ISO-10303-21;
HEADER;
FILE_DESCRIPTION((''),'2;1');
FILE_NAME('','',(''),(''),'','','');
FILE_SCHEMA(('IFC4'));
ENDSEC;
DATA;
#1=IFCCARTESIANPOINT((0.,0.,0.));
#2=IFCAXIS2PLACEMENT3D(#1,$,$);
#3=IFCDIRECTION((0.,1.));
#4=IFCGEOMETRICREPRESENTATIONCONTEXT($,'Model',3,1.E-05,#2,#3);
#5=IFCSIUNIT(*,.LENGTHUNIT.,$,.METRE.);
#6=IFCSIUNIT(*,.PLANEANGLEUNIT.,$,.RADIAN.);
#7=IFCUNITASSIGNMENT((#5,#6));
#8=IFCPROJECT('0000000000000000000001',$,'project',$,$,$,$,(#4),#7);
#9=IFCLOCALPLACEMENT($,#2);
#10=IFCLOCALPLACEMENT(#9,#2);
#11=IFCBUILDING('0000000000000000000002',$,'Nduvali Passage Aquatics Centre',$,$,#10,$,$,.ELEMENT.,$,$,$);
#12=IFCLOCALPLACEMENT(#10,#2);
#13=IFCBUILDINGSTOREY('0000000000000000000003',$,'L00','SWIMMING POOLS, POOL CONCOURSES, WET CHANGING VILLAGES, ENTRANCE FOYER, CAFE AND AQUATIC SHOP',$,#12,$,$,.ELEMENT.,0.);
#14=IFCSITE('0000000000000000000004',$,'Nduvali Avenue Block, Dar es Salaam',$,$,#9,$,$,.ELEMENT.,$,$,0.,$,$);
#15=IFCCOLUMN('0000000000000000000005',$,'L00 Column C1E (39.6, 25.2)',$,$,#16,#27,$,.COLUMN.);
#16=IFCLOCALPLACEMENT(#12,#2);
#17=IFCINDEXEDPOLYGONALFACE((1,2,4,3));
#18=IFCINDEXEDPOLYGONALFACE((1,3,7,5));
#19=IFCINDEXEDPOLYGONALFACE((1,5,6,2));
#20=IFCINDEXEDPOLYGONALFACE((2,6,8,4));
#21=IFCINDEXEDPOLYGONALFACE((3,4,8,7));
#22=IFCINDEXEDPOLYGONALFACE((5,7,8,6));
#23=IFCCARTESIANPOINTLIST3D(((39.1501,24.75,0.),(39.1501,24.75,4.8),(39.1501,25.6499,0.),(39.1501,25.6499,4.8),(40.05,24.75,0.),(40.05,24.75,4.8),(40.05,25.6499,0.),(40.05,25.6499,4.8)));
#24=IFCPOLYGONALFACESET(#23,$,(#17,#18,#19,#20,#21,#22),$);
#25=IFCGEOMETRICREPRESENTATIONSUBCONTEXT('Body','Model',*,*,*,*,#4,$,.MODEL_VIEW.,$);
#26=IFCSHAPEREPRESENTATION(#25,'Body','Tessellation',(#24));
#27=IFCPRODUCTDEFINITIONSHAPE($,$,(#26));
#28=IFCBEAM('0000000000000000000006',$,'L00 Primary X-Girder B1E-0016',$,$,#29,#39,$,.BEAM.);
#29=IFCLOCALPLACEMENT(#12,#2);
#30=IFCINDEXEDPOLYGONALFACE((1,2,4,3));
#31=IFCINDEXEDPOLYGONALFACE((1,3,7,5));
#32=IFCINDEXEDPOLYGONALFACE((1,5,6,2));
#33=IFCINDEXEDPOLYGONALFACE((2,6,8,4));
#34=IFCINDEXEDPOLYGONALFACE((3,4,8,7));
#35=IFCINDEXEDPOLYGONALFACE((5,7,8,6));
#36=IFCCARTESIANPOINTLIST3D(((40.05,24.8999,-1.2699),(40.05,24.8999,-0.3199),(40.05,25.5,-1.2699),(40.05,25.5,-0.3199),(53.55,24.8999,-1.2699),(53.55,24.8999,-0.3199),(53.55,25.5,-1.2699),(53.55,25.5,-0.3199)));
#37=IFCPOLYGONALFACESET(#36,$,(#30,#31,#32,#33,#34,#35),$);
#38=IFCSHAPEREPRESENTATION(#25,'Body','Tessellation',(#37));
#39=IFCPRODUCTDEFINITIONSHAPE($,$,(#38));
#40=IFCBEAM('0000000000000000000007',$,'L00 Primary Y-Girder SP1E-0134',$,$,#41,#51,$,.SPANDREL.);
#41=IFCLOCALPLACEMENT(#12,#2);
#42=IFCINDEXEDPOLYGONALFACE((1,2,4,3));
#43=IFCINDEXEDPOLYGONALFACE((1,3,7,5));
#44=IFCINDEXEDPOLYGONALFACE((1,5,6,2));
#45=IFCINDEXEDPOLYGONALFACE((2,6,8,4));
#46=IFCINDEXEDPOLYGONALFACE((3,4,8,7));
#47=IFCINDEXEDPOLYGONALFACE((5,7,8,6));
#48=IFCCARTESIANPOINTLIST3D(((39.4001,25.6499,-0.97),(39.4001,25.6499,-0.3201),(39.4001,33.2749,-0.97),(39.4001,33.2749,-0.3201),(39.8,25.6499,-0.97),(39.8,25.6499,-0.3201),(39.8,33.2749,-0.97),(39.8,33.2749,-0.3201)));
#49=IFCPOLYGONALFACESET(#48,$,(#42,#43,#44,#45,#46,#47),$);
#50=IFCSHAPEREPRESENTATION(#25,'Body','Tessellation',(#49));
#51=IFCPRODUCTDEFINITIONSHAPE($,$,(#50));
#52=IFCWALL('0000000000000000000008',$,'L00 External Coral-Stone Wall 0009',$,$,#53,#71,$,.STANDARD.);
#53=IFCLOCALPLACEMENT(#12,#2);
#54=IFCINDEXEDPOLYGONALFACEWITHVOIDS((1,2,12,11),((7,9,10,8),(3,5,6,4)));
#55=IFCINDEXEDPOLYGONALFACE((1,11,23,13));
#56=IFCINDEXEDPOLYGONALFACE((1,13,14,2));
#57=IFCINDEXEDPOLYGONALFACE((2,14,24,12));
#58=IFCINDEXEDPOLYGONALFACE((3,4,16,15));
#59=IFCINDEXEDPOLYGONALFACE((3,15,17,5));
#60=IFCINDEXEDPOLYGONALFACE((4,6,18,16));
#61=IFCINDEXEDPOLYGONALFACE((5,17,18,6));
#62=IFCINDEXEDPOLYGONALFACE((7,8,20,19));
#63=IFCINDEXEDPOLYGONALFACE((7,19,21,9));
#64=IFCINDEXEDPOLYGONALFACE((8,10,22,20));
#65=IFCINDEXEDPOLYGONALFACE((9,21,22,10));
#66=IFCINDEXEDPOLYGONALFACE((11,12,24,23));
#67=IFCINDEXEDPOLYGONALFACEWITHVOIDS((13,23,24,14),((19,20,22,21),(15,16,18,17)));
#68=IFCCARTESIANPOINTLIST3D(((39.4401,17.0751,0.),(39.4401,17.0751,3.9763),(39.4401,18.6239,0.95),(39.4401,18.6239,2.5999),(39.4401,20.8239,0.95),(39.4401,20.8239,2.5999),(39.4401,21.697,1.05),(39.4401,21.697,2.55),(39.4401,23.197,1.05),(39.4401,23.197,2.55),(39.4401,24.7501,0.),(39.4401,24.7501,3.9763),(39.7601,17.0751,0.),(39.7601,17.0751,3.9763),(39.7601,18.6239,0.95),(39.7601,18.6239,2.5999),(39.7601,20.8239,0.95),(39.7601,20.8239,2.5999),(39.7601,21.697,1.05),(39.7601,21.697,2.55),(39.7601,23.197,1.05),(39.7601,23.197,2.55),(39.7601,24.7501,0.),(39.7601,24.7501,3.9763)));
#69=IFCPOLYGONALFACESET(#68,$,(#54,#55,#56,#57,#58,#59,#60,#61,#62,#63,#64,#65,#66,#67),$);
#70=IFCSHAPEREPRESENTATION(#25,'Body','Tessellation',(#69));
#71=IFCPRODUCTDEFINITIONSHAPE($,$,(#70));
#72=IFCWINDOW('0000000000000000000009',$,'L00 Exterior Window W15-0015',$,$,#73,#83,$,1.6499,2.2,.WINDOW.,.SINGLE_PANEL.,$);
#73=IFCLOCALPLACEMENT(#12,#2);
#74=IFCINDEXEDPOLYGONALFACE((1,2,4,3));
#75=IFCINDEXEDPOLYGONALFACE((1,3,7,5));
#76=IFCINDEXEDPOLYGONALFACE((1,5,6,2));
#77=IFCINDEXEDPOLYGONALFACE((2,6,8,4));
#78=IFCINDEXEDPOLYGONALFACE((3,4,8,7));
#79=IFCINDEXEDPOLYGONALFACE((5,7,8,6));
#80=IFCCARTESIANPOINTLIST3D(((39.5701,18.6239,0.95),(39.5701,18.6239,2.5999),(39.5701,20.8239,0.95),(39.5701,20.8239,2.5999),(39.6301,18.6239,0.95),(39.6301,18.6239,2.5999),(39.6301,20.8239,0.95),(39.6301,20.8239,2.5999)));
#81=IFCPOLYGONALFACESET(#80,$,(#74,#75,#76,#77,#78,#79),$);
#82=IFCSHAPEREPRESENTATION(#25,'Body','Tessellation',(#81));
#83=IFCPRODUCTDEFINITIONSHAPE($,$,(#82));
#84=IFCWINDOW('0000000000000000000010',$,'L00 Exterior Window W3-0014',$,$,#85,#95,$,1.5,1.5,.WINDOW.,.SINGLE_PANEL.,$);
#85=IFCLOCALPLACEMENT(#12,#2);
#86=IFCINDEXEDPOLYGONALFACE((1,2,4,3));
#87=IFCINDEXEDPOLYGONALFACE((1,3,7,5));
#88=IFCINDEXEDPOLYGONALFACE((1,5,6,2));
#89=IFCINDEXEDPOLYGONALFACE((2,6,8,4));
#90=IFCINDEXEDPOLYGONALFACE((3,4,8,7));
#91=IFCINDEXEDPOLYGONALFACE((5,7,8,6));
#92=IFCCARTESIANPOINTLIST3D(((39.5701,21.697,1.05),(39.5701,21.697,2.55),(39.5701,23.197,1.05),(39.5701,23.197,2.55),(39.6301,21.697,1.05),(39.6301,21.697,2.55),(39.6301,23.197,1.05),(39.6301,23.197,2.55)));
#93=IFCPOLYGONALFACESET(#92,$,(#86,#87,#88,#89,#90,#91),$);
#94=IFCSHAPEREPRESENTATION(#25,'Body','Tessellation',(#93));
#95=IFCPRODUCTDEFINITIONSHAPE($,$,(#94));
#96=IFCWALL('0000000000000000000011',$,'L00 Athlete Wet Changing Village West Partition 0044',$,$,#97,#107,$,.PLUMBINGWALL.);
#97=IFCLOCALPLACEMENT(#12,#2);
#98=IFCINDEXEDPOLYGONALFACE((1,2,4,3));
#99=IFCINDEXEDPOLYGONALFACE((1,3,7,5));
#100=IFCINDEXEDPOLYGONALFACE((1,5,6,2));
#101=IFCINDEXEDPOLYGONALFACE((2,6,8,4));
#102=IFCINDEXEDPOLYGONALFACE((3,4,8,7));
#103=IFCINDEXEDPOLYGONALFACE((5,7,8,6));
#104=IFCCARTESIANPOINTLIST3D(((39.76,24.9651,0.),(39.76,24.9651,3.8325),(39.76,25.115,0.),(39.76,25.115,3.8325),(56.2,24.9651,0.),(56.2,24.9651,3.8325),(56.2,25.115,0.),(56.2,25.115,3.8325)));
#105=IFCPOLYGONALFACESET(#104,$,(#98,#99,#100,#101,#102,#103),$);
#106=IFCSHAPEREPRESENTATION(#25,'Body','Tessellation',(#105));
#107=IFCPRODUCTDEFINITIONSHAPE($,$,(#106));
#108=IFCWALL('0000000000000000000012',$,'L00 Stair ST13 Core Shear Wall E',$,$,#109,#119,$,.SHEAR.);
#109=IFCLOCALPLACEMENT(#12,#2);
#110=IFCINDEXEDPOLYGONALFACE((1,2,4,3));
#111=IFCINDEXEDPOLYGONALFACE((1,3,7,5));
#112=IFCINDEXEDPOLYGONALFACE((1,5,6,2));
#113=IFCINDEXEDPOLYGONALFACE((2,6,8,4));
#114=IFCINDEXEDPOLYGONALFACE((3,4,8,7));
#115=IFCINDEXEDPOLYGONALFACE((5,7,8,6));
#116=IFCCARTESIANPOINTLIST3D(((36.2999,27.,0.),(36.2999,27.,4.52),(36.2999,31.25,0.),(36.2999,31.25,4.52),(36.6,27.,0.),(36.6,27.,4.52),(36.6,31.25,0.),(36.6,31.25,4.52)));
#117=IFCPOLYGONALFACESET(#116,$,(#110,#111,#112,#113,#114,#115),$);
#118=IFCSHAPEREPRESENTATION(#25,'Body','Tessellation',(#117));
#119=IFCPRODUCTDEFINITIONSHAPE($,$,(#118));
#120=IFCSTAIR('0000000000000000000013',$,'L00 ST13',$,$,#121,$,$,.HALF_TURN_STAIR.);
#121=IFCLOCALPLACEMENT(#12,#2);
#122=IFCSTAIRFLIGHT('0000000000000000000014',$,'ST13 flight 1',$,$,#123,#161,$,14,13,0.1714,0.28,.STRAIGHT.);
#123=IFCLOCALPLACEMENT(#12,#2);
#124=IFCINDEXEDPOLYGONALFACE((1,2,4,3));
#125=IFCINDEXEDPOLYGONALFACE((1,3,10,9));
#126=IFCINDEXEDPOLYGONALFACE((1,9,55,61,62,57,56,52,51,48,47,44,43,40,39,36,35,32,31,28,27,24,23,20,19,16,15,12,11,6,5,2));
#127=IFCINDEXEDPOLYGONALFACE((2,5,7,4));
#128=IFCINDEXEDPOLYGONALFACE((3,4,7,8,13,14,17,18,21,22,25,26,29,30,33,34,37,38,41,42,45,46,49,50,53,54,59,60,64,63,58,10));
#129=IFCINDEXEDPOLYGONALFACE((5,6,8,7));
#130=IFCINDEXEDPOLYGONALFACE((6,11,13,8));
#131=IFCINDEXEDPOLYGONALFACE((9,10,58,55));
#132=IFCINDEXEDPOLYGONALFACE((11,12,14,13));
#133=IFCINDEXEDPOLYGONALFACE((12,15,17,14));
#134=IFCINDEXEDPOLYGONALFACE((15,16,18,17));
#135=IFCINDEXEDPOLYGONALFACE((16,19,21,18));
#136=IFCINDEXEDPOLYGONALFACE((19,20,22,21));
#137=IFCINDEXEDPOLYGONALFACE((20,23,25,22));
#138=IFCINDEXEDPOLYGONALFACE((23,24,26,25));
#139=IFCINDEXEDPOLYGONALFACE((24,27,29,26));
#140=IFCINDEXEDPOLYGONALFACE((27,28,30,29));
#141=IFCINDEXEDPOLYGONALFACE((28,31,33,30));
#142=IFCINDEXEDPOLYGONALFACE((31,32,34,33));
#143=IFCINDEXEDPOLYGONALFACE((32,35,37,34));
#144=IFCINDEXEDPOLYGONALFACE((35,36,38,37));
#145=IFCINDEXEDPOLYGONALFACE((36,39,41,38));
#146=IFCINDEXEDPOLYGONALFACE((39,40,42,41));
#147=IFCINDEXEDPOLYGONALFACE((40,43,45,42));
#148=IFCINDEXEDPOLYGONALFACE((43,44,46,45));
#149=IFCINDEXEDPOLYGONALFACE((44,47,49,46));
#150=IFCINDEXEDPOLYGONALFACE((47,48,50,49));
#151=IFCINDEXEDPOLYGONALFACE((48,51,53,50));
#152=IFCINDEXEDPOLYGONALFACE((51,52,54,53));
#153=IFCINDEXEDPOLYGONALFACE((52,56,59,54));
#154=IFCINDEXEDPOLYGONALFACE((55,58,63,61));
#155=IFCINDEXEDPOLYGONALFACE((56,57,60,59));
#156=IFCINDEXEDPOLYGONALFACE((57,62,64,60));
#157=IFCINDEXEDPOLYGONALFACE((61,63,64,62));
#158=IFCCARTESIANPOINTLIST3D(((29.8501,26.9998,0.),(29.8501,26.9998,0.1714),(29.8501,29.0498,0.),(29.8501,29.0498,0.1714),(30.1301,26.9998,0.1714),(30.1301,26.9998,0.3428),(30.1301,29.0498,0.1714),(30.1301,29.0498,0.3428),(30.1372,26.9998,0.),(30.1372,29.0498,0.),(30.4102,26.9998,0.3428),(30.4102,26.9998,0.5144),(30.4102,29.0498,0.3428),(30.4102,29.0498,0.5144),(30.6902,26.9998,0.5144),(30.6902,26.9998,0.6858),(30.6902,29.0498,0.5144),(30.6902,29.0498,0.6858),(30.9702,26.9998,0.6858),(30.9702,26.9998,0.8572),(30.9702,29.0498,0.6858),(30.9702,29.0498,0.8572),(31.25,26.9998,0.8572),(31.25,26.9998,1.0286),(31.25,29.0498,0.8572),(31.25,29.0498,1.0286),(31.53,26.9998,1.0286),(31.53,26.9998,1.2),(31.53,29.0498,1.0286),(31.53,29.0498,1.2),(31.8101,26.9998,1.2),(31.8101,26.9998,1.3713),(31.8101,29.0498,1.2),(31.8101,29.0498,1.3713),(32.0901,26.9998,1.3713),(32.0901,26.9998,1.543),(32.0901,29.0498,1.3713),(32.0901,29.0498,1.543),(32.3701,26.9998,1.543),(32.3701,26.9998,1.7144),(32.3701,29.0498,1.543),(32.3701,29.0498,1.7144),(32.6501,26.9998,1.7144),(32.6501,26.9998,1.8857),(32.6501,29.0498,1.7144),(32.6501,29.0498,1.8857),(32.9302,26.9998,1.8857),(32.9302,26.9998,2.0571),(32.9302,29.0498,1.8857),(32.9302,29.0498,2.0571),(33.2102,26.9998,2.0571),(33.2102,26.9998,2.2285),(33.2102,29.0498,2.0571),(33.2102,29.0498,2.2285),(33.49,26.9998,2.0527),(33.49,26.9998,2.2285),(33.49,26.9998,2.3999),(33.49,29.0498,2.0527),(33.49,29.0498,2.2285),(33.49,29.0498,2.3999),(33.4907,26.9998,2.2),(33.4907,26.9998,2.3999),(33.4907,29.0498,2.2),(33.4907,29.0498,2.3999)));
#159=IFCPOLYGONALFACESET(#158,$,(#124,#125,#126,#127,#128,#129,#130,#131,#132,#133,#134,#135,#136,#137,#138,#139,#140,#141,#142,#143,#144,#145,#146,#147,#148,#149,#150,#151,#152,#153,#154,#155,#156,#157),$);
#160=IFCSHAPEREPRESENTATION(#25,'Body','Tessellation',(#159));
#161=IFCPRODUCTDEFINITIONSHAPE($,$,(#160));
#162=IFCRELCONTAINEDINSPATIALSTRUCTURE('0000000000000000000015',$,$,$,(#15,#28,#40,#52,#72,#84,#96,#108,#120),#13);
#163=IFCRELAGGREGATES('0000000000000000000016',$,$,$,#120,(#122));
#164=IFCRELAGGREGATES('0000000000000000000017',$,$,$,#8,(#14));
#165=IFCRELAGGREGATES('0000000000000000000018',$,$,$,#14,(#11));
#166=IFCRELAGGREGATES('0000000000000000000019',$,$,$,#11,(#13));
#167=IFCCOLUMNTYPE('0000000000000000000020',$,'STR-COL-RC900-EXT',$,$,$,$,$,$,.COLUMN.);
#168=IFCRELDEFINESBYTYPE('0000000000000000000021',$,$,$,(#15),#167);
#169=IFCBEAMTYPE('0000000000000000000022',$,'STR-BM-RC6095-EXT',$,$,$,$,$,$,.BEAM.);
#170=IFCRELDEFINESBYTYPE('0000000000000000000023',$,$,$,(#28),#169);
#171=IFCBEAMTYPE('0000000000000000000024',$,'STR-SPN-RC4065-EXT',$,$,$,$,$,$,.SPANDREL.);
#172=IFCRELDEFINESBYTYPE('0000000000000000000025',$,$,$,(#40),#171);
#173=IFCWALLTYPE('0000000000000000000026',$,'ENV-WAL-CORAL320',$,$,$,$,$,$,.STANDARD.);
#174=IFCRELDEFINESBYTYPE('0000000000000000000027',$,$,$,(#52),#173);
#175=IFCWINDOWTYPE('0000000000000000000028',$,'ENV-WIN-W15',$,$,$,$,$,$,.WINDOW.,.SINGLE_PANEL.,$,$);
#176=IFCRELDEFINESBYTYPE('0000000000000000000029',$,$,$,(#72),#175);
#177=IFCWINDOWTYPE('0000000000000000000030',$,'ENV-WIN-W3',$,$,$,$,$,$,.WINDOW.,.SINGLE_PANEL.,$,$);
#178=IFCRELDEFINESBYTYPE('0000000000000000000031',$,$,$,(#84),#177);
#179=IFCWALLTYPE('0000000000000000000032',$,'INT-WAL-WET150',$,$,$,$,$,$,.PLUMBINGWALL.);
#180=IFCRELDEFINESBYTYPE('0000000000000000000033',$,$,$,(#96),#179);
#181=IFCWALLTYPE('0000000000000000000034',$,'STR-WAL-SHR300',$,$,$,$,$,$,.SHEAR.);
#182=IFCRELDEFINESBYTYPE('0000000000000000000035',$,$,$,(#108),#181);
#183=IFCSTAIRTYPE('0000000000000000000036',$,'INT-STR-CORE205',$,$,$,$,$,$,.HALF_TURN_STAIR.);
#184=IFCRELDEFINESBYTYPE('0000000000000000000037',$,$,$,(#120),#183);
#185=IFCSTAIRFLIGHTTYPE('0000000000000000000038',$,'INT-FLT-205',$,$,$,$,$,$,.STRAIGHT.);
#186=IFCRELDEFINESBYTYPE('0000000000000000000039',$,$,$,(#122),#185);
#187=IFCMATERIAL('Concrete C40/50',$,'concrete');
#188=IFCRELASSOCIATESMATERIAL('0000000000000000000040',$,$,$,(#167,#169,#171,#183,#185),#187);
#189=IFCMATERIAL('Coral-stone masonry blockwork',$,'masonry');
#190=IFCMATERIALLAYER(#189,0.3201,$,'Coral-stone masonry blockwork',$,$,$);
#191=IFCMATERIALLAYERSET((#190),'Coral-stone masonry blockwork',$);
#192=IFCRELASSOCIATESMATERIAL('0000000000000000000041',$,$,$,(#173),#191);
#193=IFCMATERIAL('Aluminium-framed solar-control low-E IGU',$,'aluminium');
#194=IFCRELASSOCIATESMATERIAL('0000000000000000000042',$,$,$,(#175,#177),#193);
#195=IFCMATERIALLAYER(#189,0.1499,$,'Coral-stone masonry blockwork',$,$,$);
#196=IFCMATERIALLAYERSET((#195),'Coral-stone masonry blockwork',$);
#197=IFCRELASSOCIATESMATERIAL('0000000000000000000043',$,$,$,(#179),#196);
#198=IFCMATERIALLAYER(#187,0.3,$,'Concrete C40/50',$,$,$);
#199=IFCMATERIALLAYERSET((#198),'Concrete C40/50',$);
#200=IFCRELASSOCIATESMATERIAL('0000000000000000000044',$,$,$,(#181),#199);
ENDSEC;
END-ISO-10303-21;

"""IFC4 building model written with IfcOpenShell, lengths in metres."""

from ifc_helpers import new_model, si_unit, direction, frame, frame_2d, origin, origin_2d, place, context, subcontext, project, spatial, polyline, rectangle, outline, extrude, material, layer, layer_set, material_profile, profile_set, type_object, element, fill, aggregate, save


model = new_model("IFC4")

# Units and contexts
model_context = context("Model", 3, precision=1e-05, world=origin(), true_north=direction((0.0, 1.0)))
body_context = subcontext(model_context, "Body", "Model", "MODEL_VIEW")
ifc_project = project(units=[si_unit("LENGTHUNIT", "METRE"), si_unit("PLANEANGLEUNIT", "RADIAN")], contexts=[model_context])

# Site, building, storey
site_placement = place(None, origin())
site = spatial("IfcSite", under=ifc_project, at=site_placement, Name="Nduvali Avenue Block, Dar es Salaam", CompositionType="ELEMENT", RefElevation=0.0)
building_placement = place(site_placement, origin())
building = spatial("IfcBuilding", under=site, at=building_placement, Name="Nduvali Passage Aquatics Centre", CompositionType="ELEMENT")
storey_placement = place(building_placement, origin())
storey = spatial("IfcBuildingStorey", under=building, at=storey_placement, Name="L00", Description="SWIMMING POOLS, POOL CONCOURSES, WET CHANGING VILLAGES, ENTRANCE FOYER, CAFE AND AQUATIC SHOP", CompositionType="ELEMENT", Elevation=0.0)

# Column
ifc_material_1 = material(Name="Concrete C40/50", Category="concrete")
ifc_material_profile_1 = material_profile(ifc_material_1, rectangle(XDim=0.8999, YDim=0.8999, at=origin_2d()), Name="RC 900x900")
ifc_profile_set_1 = profile_set([ifc_material_profile_1], Name="Concrete C40/50")
column_type = type_object("IfcColumnType", Name="STR-COL-RC900-EXT", PredefinedType="COLUMN", material=ifc_profile_set_1)
column_placement = place(storey_placement, frame((39.6001, 25.2, 0.0), z_axis=(0.0, 0.0, 1.0), x_axis=(1.0, 0.0, 0.0)))
element("IfcColumn", 1, at=column_placement, inside=storey, type_object=column_type, Name="L00 Column C1E (39.6, 25.2)", PredefinedType="COLUMN", context=body_context, shape_type="SweptSolid", body=[
    extrude(rectangle(XDim=0.8999, YDim=0.8999, at=origin_2d()), origin(), (0.0, 0.0, 1.0), 4.8),
])

# Beams
ifc_material_profile_2 = material_profile(ifc_material_1, rectangle(XDim=0.6001, YDim=0.95, at=origin_2d()), Name="RC 600x950")
ifc_profile_set_2 = profile_set([ifc_material_profile_2], Name="Concrete C40/50")
beam_type_1 = type_object("IfcBeamType", Name="STR-BM-RC6095-EXT", PredefinedType="BEAM", material=ifc_profile_set_2)
beam_1_placement = place(storey_placement, frame((40.05, 25.2, -0.7949), z_axis=(1.0, 0.0, 0.0), x_axis=(0.0, 1.0, 0.0)))
element("IfcBeam", 2, at=beam_1_placement, inside=storey, type_object=beam_type_1, Name="L00 Primary X-Girder B1E-0016", PredefinedType="BEAM", context=body_context, shape_type="SweptSolid", body=[
    extrude(rectangle(XDim=0.6001, YDim=0.95, at=origin_2d()), origin(), (0.0, 0.0, 1.0), 13.5),
])
ifc_material_profile_3 = material_profile(ifc_material_1, rectangle(XDim=0.3999, YDim=0.6499, at=origin_2d()), Name="RC 400x650")
ifc_profile_set_3 = profile_set([ifc_material_profile_3], Name="Concrete C40/50")
beam_type_2 = type_object("IfcBeamType", Name="STR-SPN-RC4065-EXT", PredefinedType="SPANDREL", material=ifc_profile_set_3)
beam_2_placement = place(storey_placement, frame((39.6001, 25.6499, -0.645), z_axis=(0.0, 1.0, 0.0), x_axis=(-1.0, 0.0, 0.0)))
element("IfcBeam", 3, at=beam_2_placement, inside=storey, type_object=beam_type_2, Name="L00 Primary Y-Girder SP1E-0134", PredefinedType="SPANDREL", context=body_context, shape_type="SweptSolid", body=[
    extrude(rectangle(XDim=0.3999, YDim=0.6499, at=origin_2d()), origin(), (0.0, 0.0, 1.0), 7.625),
])

# Wall, openings, windows
ifc_material_2 = material(Name="Coral-stone masonry blockwork", Category="masonry")
ifc_layer_1 = layer(ifc_material_2, 0.3201, Name="Coral-stone masonry blockwork")
ifc_layer_set_1 = layer_set([ifc_layer_1], Name="Coral-stone masonry blockwork")
wall_type_1 = type_object("IfcWallType", Name="ENV-WAL-CORAL320", PredefinedType="STANDARD", material=ifc_layer_set_1)
wall_1_placement = place(storey_placement, frame((39.6001, 24.75, 0.0), z_axis=(0.0, 0.0, 1.0), x_axis=(0.0, -1.0, 0.0)))
wall_1 = element("IfcWall", 4, at=wall_1_placement, inside=storey, type_object=wall_type_1, Name="L00 External Coral-Stone Wall 0009", PredefinedType="STANDARD", context=body_context, shape_type="SweptSolid", body=[
    extrude(rectangle(XDim=7.675, YDim=0.3201, at=frame_2d((3.8374, 0.0))), origin(), (0.0, 0.0, 1.0), 3.9763),
])
opening_1_placement = place(wall_1_placement, frame((1.553, 0.0, 1.05)))
opening_1 = element("IfcOpeningElement", 5, at=opening_1_placement, cuts=wall_1, PredefinedType="OPENING", context=body_context, shape_type="SweptSolid", body=[
    extrude(rectangle(XDim=1.5, YDim=1.5, at=frame_2d((0.75, 0.75))), frame((0.0, 0.1748, 0.0), z_axis=(0.0, -1.0, 0.0), x_axis=(1.0, 0.0, 0.0)), (0.0, 0.0, 1.0), 0.3499),
])
opening_2_placement = place(wall_1_placement, frame((3.926, 0.0, 0.95)))
opening_2 = element("IfcOpeningElement", 6, at=opening_2_placement, cuts=wall_1, PredefinedType="OPENING", context=body_context, shape_type="SweptSolid", body=[
    extrude(rectangle(XDim=2.2, YDim=1.6499, at=frame_2d((1.1001, 0.825))), frame((0.0, 0.1748, 0.0), z_axis=(0.0, -1.0, 0.0), x_axis=(1.0, 0.0, 0.0)), (0.0, 0.0, 1.0), 0.3499),
])
ifc_material_3 = material(Name="Aluminium-framed solar-control low-E IGU", Category="aluminium")
window_type_1 = type_object("IfcWindowType", Name="ENV-WIN-W15", PartitioningType="SINGLE_PANEL", PredefinedType="WINDOW", material=ifc_material_3)
window_1_placement = place(opening_2_placement, origin())
window_1 = element("IfcWindow", 7, at=window_1_placement, inside=storey, type_object=window_type_1, Name="L00 Exterior Window W15-0015", OverallHeight=1.6499, OverallWidth=2.2, PartitioningType="SINGLE_PANEL", PredefinedType="WINDOW", context=body_context, shape_type="SweptSolid", body=[
    extrude(rectangle(XDim=2.2, YDim=1.6499, at=frame_2d((1.1001, 0.825))), frame((0.0, 0.03, 0.0), z_axis=(0.0, -1.0, 0.0), x_axis=(1.0, 0.0, 0.0)), (0.0, 0.0, 1.0), 0.0601),
])
fill(opening_2, window_1)
window_type_2 = type_object("IfcWindowType", Name="ENV-WIN-W3", PartitioningType="SINGLE_PANEL", PredefinedType="WINDOW", material=ifc_material_3)
window_2_placement = place(opening_1_placement, origin())
window_2 = element("IfcWindow", 8, at=window_2_placement, inside=storey, type_object=window_type_2, Name="L00 Exterior Window W3-0014", OverallHeight=1.5, OverallWidth=1.5, PartitioningType="SINGLE_PANEL", PredefinedType="WINDOW", context=body_context, shape_type="SweptSolid", body=[
    extrude(rectangle(XDim=1.5, YDim=1.5, at=frame_2d((0.75, 0.75))), frame((0.0, 0.03, 0.0), z_axis=(0.0, -1.0, 0.0), x_axis=(1.0, 0.0, 0.0)), (0.0, 0.0, 1.0), 0.0601),
])
fill(opening_1, window_2)

# Walls
ifc_layer_2 = layer(ifc_material_2, 0.1499, Name="Coral-stone masonry blockwork")
ifc_layer_set_2 = layer_set([ifc_layer_2], Name="Coral-stone masonry blockwork")
wall_type_2 = type_object("IfcWallType", Name="INT-WAL-WET150", PredefinedType="PLUMBINGWALL", material=ifc_layer_set_2)
wall_2_placement = place(storey_placement, frame((39.76, 25.04, 0.0), z_axis=(0.0, 0.0, 1.0), x_axis=(1.0, 0.0, 0.0)))
element("IfcWall", 9, at=wall_2_placement, inside=storey, type_object=wall_type_2, Name="L00 Athlete Wet Changing Village West Partition 0044", PredefinedType="PLUMBINGWALL", context=body_context, shape_type="SweptSolid", body=[
    extrude(rectangle(XDim=16.4399, YDim=0.1499, at=frame_2d((8.22, 0.0))), origin(), (0.0, 0.0, 1.0), 3.8325),
])
ifc_layer_3 = layer(ifc_material_1, 0.3, Name="Concrete C40/50")
ifc_layer_set_3 = layer_set([ifc_layer_3], Name="Concrete C40/50")
wall_type_3 = type_object("IfcWallType", Name="STR-WAL-SHR300", PredefinedType="SHEAR", material=ifc_layer_set_3)
wall_3_placement = place(storey_placement, frame((36.45, 27.0, 0.0), z_axis=(0.0, 0.0, 1.0), x_axis=(0.0, 1.0, 0.0)))
element("IfcWall", 10, at=wall_3_placement, inside=storey, type_object=wall_type_3, Name="L00 Stair ST13 Core Shear Wall E", PredefinedType="SHEAR", context=body_context, shape_type="SweptSolid", body=[
    extrude(rectangle(XDim=4.25, YDim=0.3, at=frame_2d((2.125, 0.0))), origin(), (0.0, 0.0, 1.0), 4.52),
])

# Stair, stair flight
stair_type = type_object("IfcStairType", Name="INT-STR-CORE205", PredefinedType="HALF_TURN_STAIR", material=ifc_material_1)
stair_placement = place(storey_placement, origin())
stair = element("IfcStair", 11, at=stair_placement, inside=storey, type_object=stair_type, Name="L00 ST13", PredefinedType="HALF_TURN_STAIR")
stair_flight_type = type_object("IfcStairFlightType", Name="INT-FLT-205", PredefinedType="STRAIGHT", material=ifc_material_1)
stair_flight_placement = place(storey_placement, frame((29.8501, 28.0249, 0.0), z_axis=(0.0, 0.0, 1.0), x_axis=(1.0, 0.0, 0.0)))
stair_flight = element("IfcStairFlight", 12, at=stair_flight_placement, type_object=stair_flight_type, Name="ST13 flight 1", NumberOfRisers=14, NumberOfTreads=13, PredefinedType="STRAIGHT", RiserHeight=0.1714, TreadLength=0.28, context=body_context, shape_type="SweptSolid", body=[
    extrude(outline(polyline([(0.0, 0.0), (0.0, 0.1714), (0.28, 0.1714), (0.28, 0.3428), (0.5601, 0.3428), (0.5601, 0.5144), (0.8401, 0.5144), (0.8401, 0.6858), (1.1201, 0.6858), (1.1201, 0.8572), (1.3999, 0.8572), (1.3999, 1.0286), (1.6799, 1.0286), (1.6799, 1.2), (1.96, 1.2), (1.96, 1.3713), (2.24, 1.3713), (2.24, 1.543), (2.52, 1.543), (2.52, 1.7144), (2.8, 1.7144), (2.8, 1.8857), (3.0801, 1.8857), (3.0801, 2.0571), (3.3601, 2.0571), (3.3601, 2.2285), (3.6399, 2.2285), (3.6399, 2.3999), (3.6406, 2.3999), (3.6406, 2.2), (3.6399, 2.0527), (0.2871, 0.0), (0.0, 0.0)])), frame((0.0, 1.0249, 0.0), z_axis=(0.0, -1.0, 0.0), x_axis=(1.0, 0.0, 0.0)), (0.0, 0.0, 1.0), 2.05),
])
aggregate(stair, [stair_flight])

save(model, "model.ifc")
